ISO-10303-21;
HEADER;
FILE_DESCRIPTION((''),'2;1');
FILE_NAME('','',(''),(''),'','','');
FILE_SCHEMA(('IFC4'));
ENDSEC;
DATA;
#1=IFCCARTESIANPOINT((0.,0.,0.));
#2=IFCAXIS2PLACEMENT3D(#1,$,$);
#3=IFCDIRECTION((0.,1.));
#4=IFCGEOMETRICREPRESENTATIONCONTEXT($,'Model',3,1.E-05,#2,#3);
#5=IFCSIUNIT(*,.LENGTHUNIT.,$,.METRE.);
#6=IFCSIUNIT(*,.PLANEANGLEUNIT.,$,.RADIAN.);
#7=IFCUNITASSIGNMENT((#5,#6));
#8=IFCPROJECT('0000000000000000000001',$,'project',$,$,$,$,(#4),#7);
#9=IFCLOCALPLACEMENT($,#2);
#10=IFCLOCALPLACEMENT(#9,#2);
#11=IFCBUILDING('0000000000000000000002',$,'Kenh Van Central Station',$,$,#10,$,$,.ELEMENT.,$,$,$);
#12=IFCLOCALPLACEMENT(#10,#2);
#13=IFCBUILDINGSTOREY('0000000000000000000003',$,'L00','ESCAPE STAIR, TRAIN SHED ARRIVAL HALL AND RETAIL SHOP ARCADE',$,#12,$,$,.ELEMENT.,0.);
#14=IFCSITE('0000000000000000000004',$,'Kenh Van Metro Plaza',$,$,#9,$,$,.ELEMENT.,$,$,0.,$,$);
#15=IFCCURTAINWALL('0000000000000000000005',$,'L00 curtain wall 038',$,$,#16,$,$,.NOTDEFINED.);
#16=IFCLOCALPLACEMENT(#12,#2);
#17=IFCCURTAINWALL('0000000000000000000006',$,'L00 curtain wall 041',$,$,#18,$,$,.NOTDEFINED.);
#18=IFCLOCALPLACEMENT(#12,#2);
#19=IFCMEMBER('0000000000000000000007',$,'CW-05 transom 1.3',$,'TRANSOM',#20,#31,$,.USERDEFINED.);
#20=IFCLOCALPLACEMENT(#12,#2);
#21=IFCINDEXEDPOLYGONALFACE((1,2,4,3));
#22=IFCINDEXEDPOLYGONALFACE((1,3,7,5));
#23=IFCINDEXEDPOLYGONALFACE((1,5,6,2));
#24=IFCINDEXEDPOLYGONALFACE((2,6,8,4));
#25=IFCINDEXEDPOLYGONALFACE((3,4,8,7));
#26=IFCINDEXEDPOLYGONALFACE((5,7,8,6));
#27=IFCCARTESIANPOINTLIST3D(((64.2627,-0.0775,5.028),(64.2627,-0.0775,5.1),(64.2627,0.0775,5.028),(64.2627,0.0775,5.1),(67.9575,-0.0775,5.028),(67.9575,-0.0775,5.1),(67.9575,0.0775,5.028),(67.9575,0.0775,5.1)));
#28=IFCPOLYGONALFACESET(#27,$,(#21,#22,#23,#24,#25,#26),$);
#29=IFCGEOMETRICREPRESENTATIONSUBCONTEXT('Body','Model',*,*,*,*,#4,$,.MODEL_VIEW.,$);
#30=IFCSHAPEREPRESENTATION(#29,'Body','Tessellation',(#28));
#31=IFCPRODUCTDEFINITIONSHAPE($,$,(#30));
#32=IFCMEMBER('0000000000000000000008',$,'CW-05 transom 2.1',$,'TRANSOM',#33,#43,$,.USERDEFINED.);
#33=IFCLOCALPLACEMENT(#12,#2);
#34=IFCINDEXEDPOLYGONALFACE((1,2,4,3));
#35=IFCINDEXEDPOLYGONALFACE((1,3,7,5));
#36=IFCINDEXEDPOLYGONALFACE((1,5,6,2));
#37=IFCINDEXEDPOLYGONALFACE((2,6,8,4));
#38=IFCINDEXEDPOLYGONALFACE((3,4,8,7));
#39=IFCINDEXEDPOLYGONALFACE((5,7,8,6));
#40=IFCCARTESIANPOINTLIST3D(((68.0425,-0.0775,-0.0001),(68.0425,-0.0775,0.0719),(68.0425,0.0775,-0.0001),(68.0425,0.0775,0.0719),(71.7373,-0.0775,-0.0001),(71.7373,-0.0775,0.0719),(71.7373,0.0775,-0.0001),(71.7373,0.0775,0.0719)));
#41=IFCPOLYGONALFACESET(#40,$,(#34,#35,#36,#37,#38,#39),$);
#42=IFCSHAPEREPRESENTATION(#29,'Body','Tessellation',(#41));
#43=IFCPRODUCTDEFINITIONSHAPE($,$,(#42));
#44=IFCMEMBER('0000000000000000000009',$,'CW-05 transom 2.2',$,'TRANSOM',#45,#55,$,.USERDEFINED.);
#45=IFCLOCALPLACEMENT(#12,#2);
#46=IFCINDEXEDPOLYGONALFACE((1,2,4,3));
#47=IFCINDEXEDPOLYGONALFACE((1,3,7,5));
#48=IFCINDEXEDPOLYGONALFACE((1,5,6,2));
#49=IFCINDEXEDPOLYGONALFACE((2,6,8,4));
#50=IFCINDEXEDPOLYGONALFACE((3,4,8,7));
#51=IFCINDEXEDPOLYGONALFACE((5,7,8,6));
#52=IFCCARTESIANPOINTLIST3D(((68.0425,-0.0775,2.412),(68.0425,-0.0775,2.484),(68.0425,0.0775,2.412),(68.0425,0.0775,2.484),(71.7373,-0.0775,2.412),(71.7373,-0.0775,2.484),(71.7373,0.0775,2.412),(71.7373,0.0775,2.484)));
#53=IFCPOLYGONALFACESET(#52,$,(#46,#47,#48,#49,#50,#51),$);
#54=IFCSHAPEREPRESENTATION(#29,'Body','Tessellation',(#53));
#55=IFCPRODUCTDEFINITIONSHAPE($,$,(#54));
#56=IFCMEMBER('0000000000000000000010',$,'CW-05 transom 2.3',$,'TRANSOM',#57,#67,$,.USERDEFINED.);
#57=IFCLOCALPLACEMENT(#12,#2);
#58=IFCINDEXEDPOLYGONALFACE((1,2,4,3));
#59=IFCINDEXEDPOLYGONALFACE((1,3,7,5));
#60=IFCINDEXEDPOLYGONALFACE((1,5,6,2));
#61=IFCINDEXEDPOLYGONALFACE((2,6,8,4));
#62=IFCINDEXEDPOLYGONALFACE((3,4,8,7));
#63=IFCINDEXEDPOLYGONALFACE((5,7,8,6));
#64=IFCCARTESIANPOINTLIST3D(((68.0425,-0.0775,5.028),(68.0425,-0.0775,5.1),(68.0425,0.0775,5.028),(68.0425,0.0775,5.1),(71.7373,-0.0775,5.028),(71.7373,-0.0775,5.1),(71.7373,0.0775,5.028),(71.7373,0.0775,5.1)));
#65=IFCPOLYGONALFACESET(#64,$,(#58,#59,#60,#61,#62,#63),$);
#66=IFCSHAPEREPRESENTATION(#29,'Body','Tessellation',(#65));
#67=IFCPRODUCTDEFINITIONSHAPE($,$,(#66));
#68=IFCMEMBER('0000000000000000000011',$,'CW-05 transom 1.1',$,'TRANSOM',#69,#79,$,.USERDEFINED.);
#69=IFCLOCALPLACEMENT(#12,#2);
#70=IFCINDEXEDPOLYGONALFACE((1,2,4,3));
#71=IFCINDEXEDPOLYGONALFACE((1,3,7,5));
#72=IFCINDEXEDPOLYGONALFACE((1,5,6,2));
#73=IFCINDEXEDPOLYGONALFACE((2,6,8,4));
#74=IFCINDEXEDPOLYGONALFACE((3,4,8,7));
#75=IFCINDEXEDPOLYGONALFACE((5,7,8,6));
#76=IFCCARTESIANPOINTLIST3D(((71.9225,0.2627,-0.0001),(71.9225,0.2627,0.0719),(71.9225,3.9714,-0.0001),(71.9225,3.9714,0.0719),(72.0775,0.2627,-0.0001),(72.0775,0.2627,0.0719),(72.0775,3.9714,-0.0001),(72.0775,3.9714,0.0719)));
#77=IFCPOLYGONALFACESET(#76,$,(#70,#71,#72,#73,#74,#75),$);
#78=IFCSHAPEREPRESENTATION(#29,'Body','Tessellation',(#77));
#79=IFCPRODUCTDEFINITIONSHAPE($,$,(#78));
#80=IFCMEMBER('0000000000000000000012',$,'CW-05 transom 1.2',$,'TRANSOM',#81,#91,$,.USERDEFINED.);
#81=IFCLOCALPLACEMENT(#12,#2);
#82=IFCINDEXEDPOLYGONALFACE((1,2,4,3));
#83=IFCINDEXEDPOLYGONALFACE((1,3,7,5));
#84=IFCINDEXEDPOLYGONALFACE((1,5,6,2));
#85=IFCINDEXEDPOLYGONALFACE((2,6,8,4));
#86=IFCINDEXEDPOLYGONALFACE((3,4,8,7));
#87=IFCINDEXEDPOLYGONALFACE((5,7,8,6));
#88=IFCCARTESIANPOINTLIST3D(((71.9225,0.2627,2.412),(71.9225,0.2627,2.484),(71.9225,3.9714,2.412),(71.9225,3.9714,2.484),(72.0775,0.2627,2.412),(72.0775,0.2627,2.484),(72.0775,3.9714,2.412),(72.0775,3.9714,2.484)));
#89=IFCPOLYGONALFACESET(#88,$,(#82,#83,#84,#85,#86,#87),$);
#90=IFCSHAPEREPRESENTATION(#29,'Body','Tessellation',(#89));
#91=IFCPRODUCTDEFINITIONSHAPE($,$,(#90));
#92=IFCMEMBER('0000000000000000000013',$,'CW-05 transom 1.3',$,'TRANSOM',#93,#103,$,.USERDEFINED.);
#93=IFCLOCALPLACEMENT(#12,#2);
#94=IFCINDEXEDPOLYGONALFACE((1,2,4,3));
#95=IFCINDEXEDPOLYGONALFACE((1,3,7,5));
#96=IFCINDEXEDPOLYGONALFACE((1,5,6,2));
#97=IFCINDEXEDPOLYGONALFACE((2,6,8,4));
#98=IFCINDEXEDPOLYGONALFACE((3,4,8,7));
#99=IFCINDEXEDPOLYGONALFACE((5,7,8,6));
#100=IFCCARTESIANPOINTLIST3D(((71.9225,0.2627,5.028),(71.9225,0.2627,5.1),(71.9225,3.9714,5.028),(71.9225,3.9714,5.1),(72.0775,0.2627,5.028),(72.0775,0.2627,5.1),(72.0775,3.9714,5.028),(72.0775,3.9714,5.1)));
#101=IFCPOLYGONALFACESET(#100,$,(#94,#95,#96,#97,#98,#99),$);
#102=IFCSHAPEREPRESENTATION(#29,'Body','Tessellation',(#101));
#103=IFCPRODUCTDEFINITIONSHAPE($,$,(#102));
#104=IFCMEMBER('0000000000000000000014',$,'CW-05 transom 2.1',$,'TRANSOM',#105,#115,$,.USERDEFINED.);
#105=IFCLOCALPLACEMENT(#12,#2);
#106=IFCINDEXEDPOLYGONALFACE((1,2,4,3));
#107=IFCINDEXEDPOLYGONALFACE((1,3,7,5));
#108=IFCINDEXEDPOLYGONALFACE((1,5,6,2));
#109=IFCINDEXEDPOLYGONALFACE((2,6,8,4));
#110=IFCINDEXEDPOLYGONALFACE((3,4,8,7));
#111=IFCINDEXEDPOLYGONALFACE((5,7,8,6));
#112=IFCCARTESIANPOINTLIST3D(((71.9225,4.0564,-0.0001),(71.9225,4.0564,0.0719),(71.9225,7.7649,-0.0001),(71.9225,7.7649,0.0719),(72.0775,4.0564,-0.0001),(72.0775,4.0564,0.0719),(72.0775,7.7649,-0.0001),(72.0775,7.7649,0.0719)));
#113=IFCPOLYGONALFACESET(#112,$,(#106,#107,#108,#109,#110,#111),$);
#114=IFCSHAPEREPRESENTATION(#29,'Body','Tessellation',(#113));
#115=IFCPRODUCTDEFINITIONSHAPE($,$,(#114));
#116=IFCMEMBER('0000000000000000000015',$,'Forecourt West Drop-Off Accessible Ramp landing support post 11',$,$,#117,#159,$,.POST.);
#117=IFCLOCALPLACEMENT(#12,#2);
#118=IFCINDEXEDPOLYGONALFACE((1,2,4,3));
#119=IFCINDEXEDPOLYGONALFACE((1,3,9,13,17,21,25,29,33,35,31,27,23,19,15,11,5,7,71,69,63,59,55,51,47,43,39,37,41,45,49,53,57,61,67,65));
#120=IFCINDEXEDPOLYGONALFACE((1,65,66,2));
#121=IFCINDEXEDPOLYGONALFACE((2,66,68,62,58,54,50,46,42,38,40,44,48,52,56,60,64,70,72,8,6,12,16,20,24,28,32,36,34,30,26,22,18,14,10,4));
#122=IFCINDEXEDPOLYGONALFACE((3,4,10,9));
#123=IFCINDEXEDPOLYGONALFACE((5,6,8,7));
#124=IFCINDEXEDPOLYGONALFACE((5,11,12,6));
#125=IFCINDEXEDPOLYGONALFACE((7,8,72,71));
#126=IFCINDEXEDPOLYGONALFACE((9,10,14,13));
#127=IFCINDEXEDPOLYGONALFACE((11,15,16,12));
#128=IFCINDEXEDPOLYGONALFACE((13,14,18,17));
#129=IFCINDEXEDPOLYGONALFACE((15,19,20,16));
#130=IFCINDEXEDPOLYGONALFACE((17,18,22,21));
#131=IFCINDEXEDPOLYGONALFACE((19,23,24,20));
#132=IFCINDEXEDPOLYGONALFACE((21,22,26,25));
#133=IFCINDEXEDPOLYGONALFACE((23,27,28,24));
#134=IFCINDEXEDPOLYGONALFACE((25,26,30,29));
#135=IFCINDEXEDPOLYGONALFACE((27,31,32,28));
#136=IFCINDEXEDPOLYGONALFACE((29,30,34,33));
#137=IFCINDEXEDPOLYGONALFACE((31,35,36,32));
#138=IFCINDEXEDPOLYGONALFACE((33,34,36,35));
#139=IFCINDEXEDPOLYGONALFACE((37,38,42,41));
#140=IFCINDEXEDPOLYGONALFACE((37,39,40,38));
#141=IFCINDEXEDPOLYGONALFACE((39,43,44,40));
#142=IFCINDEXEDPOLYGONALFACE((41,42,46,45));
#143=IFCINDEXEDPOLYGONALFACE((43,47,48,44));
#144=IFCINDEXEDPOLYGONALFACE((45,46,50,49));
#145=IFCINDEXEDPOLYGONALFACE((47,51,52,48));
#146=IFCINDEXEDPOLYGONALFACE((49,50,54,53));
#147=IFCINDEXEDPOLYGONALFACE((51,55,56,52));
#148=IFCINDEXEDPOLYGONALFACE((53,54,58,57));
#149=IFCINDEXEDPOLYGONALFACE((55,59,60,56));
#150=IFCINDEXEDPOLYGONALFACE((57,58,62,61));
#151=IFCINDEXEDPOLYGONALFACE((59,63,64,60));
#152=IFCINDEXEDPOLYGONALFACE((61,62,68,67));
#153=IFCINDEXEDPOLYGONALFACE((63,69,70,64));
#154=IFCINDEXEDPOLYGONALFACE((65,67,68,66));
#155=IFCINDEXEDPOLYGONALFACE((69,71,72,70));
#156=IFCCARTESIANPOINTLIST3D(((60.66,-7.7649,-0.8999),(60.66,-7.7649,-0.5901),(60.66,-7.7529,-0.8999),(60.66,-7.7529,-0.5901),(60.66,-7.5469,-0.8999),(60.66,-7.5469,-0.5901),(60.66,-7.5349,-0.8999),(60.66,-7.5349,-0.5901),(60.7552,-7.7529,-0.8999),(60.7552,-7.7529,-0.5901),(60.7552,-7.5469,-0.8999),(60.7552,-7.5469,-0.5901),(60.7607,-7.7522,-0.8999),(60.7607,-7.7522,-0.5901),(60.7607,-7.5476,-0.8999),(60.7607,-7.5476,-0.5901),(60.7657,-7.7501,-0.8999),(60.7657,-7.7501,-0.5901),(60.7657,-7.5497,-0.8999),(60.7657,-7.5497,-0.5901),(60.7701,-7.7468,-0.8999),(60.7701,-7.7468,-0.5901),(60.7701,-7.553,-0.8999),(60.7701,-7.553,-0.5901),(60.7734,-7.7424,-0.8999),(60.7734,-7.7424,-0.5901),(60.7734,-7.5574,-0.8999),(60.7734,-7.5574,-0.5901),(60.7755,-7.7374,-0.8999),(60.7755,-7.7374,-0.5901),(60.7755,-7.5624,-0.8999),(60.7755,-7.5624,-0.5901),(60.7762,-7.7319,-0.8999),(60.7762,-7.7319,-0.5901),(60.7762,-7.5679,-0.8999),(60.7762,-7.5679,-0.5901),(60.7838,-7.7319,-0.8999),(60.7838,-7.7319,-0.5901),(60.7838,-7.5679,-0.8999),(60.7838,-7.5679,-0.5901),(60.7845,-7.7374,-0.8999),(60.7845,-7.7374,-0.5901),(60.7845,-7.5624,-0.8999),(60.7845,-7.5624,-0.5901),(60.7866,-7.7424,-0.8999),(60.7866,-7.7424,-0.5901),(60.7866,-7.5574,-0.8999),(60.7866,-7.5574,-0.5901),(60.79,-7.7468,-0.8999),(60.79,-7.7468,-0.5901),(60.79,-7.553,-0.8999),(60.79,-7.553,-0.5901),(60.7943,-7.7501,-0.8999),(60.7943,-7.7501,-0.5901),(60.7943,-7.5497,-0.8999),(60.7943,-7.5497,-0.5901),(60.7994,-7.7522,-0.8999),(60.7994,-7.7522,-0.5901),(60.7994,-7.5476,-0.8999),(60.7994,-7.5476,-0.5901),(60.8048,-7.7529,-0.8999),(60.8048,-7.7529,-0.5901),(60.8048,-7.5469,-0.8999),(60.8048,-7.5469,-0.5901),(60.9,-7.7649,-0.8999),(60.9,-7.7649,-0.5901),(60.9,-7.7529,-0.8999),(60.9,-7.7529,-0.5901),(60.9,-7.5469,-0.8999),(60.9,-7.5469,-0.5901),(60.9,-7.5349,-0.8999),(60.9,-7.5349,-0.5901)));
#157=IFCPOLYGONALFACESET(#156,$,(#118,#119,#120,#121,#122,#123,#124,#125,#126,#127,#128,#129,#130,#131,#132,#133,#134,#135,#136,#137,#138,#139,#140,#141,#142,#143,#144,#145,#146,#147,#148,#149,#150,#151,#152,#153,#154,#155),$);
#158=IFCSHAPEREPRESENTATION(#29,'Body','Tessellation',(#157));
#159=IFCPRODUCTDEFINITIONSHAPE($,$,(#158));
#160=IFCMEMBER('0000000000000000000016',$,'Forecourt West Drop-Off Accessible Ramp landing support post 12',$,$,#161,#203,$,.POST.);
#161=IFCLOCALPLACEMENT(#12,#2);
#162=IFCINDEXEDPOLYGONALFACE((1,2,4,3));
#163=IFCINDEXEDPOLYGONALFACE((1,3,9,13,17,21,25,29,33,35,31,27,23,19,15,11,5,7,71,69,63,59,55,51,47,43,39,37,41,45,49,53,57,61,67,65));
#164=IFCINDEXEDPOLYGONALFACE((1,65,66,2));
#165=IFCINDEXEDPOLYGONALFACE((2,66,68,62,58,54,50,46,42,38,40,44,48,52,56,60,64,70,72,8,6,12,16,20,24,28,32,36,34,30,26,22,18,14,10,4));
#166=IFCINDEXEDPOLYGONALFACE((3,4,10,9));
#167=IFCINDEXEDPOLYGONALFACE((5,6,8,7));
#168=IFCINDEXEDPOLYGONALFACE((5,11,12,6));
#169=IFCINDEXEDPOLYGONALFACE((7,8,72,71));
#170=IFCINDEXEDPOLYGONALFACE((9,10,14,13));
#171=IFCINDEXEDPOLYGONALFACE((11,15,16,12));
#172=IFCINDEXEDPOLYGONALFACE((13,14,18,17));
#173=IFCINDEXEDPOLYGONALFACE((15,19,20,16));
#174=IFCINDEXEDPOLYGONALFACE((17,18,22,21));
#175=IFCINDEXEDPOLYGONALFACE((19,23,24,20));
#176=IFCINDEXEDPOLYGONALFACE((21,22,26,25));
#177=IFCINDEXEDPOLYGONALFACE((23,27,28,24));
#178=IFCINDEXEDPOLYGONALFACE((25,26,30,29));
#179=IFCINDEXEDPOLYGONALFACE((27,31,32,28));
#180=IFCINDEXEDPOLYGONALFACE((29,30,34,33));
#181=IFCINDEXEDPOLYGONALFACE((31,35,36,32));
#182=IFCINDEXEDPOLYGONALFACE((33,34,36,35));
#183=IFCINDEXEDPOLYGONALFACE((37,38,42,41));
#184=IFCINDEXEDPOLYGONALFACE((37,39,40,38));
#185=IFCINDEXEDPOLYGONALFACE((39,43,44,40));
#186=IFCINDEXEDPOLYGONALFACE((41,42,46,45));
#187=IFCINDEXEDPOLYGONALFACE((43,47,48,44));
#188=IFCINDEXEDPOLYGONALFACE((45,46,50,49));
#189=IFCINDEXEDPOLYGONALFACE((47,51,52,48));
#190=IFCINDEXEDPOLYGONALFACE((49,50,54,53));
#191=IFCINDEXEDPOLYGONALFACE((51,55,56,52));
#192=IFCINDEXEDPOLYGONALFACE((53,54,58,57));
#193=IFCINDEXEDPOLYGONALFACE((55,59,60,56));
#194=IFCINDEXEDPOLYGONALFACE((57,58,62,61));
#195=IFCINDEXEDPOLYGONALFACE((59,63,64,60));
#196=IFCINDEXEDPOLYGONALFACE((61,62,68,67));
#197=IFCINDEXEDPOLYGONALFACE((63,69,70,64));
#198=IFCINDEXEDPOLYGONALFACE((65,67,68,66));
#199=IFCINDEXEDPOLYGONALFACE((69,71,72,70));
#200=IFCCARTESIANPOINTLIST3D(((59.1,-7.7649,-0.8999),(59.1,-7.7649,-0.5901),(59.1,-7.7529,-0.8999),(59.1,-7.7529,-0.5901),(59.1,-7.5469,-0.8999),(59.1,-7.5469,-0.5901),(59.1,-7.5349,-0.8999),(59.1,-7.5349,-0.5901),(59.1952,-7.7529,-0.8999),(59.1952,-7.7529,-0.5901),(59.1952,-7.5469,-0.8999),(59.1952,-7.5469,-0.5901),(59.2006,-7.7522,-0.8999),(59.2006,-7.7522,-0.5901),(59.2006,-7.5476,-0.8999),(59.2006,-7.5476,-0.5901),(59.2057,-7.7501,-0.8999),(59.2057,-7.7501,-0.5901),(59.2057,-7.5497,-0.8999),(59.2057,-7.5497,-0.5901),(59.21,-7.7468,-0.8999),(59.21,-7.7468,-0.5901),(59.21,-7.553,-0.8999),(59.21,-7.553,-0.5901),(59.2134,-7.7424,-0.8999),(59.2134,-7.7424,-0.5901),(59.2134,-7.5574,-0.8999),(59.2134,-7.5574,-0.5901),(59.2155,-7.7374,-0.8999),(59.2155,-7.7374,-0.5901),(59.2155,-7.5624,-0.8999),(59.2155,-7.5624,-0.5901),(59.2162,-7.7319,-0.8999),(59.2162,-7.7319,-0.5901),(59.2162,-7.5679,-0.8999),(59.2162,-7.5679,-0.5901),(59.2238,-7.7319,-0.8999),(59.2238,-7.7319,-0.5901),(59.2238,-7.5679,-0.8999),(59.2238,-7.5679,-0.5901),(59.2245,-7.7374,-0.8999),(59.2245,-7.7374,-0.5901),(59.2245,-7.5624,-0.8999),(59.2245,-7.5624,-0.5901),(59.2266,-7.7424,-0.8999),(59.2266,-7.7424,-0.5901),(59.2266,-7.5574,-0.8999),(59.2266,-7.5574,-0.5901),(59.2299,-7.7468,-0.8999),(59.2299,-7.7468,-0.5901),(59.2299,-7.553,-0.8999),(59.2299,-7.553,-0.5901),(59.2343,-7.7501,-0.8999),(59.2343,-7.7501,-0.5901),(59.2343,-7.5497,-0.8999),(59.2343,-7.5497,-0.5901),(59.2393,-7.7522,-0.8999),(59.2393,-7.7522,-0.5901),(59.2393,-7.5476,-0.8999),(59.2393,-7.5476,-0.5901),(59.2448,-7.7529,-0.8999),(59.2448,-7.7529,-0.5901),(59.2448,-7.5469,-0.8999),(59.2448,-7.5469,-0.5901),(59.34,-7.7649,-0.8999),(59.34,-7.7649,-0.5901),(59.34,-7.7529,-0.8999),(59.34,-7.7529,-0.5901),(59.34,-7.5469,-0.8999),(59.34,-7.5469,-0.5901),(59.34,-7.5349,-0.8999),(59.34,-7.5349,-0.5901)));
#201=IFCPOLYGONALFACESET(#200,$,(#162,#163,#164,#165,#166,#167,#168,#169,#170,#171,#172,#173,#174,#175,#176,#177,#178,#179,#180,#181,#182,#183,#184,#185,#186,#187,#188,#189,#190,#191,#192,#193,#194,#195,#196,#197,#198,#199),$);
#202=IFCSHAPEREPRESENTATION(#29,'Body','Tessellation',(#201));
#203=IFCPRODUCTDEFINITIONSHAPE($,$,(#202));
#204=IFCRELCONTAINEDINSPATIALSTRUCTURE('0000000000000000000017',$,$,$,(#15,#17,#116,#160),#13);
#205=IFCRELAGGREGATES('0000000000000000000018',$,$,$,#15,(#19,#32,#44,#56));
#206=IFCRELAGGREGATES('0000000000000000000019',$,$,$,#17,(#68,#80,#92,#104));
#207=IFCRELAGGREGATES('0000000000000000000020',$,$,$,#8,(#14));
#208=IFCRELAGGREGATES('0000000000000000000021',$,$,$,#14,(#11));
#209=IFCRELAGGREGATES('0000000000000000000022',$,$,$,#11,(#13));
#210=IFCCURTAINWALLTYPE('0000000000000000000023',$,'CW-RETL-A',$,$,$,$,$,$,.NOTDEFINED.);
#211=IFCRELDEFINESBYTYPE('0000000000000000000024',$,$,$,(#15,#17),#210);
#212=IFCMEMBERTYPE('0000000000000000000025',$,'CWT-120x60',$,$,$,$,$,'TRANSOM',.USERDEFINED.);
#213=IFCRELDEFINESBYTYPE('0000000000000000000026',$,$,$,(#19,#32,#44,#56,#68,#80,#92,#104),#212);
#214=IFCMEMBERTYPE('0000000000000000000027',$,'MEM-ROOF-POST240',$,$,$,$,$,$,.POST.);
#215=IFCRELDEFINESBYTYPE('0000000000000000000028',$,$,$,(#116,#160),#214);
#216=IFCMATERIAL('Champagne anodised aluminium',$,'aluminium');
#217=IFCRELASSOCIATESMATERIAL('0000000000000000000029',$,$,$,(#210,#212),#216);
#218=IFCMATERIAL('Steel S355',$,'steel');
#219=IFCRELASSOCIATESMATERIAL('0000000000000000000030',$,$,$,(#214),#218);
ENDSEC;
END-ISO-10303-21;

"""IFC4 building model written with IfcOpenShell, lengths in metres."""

from ifc_helpers import new_model, si_unit, direction, frame, origin, origin_2d, place, context, subcontext, project, spatial, rectangle, i_section, extrude, material, material_profile, profile_set, type_object, element, aggregate, save


model = new_model("IFC4")

# Units and contexts
model_context = context("Model", 3, precision=1e-05, world=origin(), true_north=direction((0.0, 1.0)))
body_context = subcontext(model_context, "Body", "Model", "MODEL_VIEW")
ifc_project = project(units=[si_unit("LENGTHUNIT", "METRE"), si_unit("PLANEANGLEUNIT", "RADIAN")], contexts=[model_context])

# Site, building, storey
site_placement = place(None, origin())
site = spatial("IfcSite", under=ifc_project, at=site_placement, Name="Kenh Van Metro Plaza", CompositionType="ELEMENT", RefElevation=0.0)
building_placement = place(site_placement, origin())
building = spatial("IfcBuilding", under=site, at=building_placement, Name="Kenh Van Central Station", CompositionType="ELEMENT")
storey_placement = place(building_placement, origin())
storey = spatial("IfcBuildingStorey", under=building, at=storey_placement, Name="L00", Description="ESCAPE STAIR, TRAIN SHED ARRIVAL HALL AND RETAIL SHOP ARCADE", CompositionType="ELEMENT", Elevation=0.0)

# Shared definitions
ifc_material_1 = material(Name="Steel S355", Category="steel")

# Curtain walls
ifc_material_2 = material(Name="Champagne anodised aluminium", Category="aluminium")
curtain_wall_type = type_object("IfcCurtainWallType", Name="CW-RETL-A", PredefinedType="NOTDEFINED", material=ifc_material_2)
curtain_wall_1_placement = place(storey_placement, origin())
curtain_wall_1 = element("IfcCurtainWall", 1, at=curtain_wall_1_placement, inside=storey, type_object=curtain_wall_type, Name="L00 curtain wall 038", PredefinedType="NOTDEFINED")
curtain_wall_2_placement = place(storey_placement, origin())
curtain_wall_2 = element("IfcCurtainWall", 2, at=curtain_wall_2_placement, inside=storey, type_object=curtain_wall_type, Name="L00 curtain wall 041", PredefinedType="NOTDEFINED")

# Members
ifc_material_profile_1 = material_profile(ifc_material_2, rectangle(XDim=0.155, YDim=0.072, at=origin_2d()), Name="AL 155x72")
ifc_profile_set_1 = profile_set([ifc_material_profile_1], Name="Champagne anodised aluminium")
member_type_1 = type_object("IfcMemberType", Name="CWT-120x60", ElementType="TRANSOM", PredefinedType="USERDEFINED", material=ifc_profile_set_1)
member_1_placement = place(storey_placement, frame((64.2627, 0.0, 5.064), z_axis=(1.0, 0.0, 0.0), x_axis=(0.0, 1.0, 0.0)))
member_1 = element("IfcMember", 3, at=member_1_placement, type_object=member_type_1, Name="CW-05 transom 1.3", ObjectType="TRANSOM", PredefinedType="USERDEFINED", context=body_context, shape_type="SweptSolid", body=[
    extrude(rectangle(XDim=0.155, YDim=0.072, at=origin_2d()), origin(), (0.0, 0.0, 1.0), 3.6948),
])
member_2_placement = place(storey_placement, frame((68.0425, 0.0, 0.0359), z_axis=(1.0, 0.0, 0.0), x_axis=(0.0, 1.0, 0.0)))
member_2 = element("IfcMember", 4, at=member_2_placement, type_object=member_type_1, Name="CW-05 transom 2.1", ObjectType="TRANSOM", PredefinedType="USERDEFINED", context=body_context, shape_type="SweptSolid", body=[
    extrude(rectangle(XDim=0.155, YDim=0.072, at=origin_2d()), origin(), (0.0, 0.0, 1.0), 3.6948),
])
member_3_placement = place(storey_placement, frame((68.0425, 0.0, 2.448), z_axis=(1.0, 0.0, 0.0), x_axis=(0.0, 1.0, 0.0)))
member_3 = element("IfcMember", 5, at=member_3_placement, type_object=member_type_1, Name="CW-05 transom 2.2", ObjectType="TRANSOM", PredefinedType="USERDEFINED", context=body_context, shape_type="SweptSolid", body=[
    extrude(rectangle(XDim=0.155, YDim=0.072, at=origin_2d()), origin(), (0.0, 0.0, 1.0), 3.6948),
])
member_4_placement = place(storey_placement, frame((68.0425, 0.0, 5.064), z_axis=(1.0, 0.0, 0.0), x_axis=(0.0, 1.0, 0.0)))
member_4 = element("IfcMember", 6, at=member_4_placement, type_object=member_type_1, Name="CW-05 transom 2.3", ObjectType="TRANSOM", PredefinedType="USERDEFINED", context=body_context, shape_type="SweptSolid", body=[
    extrude(rectangle(XDim=0.155, YDim=0.072, at=origin_2d()), origin(), (0.0, 0.0, 1.0), 3.6948),
])
member_5_placement = place(storey_placement, frame((72.0, 0.2627, 0.0359), z_axis=(0.0, 1.0, 0.0), x_axis=(-1.0, 0.0, 0.0)))
member_5 = element("IfcMember", 7, at=member_5_placement, type_object=member_type_1, Name="CW-05 transom 1.1", ObjectType="TRANSOM", PredefinedType="USERDEFINED", context=body_context, shape_type="SweptSolid", body=[
    extrude(rectangle(XDim=0.155, YDim=0.072, at=origin_2d()), origin(), (0.0, 0.0, 1.0), 3.7087),
])
member_6_placement = place(storey_placement, frame((72.0, 0.2627, 2.448), z_axis=(0.0, 1.0, 0.0), x_axis=(-1.0, 0.0, 0.0)))
member_6 = element("IfcMember", 8, at=member_6_placement, type_object=member_type_1, Name="CW-05 transom 1.2", ObjectType="TRANSOM", PredefinedType="USERDEFINED", context=body_context, shape_type="SweptSolid", body=[
    extrude(rectangle(XDim=0.155, YDim=0.072, at=origin_2d()), origin(), (0.0, 0.0, 1.0), 3.7087),
])
member_7_placement = place(storey_placement, frame((72.0, 0.2627, 5.064), z_axis=(0.0, 1.0, 0.0), x_axis=(-1.0, 0.0, 0.0)))
member_7 = element("IfcMember", 9, at=member_7_placement, type_object=member_type_1, Name="CW-05 transom 1.3", ObjectType="TRANSOM", PredefinedType="USERDEFINED", context=body_context, shape_type="SweptSolid", body=[
    extrude(rectangle(XDim=0.155, YDim=0.072, at=origin_2d()), origin(), (0.0, 0.0, 1.0), 3.7087),
])
member_8_placement = place(storey_placement, frame((72.0, 4.0564, 0.0359), z_axis=(0.0, 1.0, 0.0), x_axis=(-1.0, 0.0, 0.0)))
member_8 = element("IfcMember", 10, at=member_8_placement, type_object=member_type_1, Name="CW-05 transom 2.1", ObjectType="TRANSOM", PredefinedType="USERDEFINED", context=body_context, shape_type="SweptSolid", body=[
    extrude(rectangle(XDim=0.155, YDim=0.072, at=origin_2d()), origin(), (0.0, 0.0, 1.0), 3.7085),
])

# Members
ifc_material_profile_2 = material_profile(ifc_material_1, i_section(OverallWidth=0.24, OverallDepth=0.23, WebThickness=0.0076, FlangeThickness=0.012, FilletRadius=0.021, at=origin_2d()), Name="HEA 240")
ifc_profile_set_2 = profile_set([ifc_material_profile_2], Name="Steel S355")
member_type_2 = type_object("IfcMemberType", Name="MEM-ROOF-POST240", PredefinedType="POST", material=ifc_profile_set_2)
for number, where, z_axis, x_axis, name in (
    (11, (60.78, -7.6499, -0.8999), (0.0, 0.0, 1.0), (1.0, 0.0, 0.0), "Forecourt West Drop-Off Accessible Ramp landing support post 11"),
    (12, (59.22, -7.6499, -0.8999), (0.0, 0.0, 1.0), (1.0, 0.0, 0.0), "Forecourt West Drop-Off Accessible Ramp landing support post 12"),
):
    element("IfcMember", number, at=place(storey_placement, frame(where, z_axis=z_axis, x_axis=x_axis)), inside=storey, type_object=member_type_2, Name=name, PredefinedType="POST", context=body_context, shape_type="SweptSolid", body=[
        extrude(i_section(OverallWidth=0.24, OverallDepth=0.23, WebThickness=0.0076, FlangeThickness=0.012, FilletRadius=0.021, at=origin_2d()), origin(), (0.0, 0.0, 1.0), 0.3098),
    ])

aggregate(curtain_wall_1, [member_1, member_2, member_3, member_4])
aggregate(curtain_wall_2, [member_5, member_6, member_7, member_8])

save(model, "model.ifc")
